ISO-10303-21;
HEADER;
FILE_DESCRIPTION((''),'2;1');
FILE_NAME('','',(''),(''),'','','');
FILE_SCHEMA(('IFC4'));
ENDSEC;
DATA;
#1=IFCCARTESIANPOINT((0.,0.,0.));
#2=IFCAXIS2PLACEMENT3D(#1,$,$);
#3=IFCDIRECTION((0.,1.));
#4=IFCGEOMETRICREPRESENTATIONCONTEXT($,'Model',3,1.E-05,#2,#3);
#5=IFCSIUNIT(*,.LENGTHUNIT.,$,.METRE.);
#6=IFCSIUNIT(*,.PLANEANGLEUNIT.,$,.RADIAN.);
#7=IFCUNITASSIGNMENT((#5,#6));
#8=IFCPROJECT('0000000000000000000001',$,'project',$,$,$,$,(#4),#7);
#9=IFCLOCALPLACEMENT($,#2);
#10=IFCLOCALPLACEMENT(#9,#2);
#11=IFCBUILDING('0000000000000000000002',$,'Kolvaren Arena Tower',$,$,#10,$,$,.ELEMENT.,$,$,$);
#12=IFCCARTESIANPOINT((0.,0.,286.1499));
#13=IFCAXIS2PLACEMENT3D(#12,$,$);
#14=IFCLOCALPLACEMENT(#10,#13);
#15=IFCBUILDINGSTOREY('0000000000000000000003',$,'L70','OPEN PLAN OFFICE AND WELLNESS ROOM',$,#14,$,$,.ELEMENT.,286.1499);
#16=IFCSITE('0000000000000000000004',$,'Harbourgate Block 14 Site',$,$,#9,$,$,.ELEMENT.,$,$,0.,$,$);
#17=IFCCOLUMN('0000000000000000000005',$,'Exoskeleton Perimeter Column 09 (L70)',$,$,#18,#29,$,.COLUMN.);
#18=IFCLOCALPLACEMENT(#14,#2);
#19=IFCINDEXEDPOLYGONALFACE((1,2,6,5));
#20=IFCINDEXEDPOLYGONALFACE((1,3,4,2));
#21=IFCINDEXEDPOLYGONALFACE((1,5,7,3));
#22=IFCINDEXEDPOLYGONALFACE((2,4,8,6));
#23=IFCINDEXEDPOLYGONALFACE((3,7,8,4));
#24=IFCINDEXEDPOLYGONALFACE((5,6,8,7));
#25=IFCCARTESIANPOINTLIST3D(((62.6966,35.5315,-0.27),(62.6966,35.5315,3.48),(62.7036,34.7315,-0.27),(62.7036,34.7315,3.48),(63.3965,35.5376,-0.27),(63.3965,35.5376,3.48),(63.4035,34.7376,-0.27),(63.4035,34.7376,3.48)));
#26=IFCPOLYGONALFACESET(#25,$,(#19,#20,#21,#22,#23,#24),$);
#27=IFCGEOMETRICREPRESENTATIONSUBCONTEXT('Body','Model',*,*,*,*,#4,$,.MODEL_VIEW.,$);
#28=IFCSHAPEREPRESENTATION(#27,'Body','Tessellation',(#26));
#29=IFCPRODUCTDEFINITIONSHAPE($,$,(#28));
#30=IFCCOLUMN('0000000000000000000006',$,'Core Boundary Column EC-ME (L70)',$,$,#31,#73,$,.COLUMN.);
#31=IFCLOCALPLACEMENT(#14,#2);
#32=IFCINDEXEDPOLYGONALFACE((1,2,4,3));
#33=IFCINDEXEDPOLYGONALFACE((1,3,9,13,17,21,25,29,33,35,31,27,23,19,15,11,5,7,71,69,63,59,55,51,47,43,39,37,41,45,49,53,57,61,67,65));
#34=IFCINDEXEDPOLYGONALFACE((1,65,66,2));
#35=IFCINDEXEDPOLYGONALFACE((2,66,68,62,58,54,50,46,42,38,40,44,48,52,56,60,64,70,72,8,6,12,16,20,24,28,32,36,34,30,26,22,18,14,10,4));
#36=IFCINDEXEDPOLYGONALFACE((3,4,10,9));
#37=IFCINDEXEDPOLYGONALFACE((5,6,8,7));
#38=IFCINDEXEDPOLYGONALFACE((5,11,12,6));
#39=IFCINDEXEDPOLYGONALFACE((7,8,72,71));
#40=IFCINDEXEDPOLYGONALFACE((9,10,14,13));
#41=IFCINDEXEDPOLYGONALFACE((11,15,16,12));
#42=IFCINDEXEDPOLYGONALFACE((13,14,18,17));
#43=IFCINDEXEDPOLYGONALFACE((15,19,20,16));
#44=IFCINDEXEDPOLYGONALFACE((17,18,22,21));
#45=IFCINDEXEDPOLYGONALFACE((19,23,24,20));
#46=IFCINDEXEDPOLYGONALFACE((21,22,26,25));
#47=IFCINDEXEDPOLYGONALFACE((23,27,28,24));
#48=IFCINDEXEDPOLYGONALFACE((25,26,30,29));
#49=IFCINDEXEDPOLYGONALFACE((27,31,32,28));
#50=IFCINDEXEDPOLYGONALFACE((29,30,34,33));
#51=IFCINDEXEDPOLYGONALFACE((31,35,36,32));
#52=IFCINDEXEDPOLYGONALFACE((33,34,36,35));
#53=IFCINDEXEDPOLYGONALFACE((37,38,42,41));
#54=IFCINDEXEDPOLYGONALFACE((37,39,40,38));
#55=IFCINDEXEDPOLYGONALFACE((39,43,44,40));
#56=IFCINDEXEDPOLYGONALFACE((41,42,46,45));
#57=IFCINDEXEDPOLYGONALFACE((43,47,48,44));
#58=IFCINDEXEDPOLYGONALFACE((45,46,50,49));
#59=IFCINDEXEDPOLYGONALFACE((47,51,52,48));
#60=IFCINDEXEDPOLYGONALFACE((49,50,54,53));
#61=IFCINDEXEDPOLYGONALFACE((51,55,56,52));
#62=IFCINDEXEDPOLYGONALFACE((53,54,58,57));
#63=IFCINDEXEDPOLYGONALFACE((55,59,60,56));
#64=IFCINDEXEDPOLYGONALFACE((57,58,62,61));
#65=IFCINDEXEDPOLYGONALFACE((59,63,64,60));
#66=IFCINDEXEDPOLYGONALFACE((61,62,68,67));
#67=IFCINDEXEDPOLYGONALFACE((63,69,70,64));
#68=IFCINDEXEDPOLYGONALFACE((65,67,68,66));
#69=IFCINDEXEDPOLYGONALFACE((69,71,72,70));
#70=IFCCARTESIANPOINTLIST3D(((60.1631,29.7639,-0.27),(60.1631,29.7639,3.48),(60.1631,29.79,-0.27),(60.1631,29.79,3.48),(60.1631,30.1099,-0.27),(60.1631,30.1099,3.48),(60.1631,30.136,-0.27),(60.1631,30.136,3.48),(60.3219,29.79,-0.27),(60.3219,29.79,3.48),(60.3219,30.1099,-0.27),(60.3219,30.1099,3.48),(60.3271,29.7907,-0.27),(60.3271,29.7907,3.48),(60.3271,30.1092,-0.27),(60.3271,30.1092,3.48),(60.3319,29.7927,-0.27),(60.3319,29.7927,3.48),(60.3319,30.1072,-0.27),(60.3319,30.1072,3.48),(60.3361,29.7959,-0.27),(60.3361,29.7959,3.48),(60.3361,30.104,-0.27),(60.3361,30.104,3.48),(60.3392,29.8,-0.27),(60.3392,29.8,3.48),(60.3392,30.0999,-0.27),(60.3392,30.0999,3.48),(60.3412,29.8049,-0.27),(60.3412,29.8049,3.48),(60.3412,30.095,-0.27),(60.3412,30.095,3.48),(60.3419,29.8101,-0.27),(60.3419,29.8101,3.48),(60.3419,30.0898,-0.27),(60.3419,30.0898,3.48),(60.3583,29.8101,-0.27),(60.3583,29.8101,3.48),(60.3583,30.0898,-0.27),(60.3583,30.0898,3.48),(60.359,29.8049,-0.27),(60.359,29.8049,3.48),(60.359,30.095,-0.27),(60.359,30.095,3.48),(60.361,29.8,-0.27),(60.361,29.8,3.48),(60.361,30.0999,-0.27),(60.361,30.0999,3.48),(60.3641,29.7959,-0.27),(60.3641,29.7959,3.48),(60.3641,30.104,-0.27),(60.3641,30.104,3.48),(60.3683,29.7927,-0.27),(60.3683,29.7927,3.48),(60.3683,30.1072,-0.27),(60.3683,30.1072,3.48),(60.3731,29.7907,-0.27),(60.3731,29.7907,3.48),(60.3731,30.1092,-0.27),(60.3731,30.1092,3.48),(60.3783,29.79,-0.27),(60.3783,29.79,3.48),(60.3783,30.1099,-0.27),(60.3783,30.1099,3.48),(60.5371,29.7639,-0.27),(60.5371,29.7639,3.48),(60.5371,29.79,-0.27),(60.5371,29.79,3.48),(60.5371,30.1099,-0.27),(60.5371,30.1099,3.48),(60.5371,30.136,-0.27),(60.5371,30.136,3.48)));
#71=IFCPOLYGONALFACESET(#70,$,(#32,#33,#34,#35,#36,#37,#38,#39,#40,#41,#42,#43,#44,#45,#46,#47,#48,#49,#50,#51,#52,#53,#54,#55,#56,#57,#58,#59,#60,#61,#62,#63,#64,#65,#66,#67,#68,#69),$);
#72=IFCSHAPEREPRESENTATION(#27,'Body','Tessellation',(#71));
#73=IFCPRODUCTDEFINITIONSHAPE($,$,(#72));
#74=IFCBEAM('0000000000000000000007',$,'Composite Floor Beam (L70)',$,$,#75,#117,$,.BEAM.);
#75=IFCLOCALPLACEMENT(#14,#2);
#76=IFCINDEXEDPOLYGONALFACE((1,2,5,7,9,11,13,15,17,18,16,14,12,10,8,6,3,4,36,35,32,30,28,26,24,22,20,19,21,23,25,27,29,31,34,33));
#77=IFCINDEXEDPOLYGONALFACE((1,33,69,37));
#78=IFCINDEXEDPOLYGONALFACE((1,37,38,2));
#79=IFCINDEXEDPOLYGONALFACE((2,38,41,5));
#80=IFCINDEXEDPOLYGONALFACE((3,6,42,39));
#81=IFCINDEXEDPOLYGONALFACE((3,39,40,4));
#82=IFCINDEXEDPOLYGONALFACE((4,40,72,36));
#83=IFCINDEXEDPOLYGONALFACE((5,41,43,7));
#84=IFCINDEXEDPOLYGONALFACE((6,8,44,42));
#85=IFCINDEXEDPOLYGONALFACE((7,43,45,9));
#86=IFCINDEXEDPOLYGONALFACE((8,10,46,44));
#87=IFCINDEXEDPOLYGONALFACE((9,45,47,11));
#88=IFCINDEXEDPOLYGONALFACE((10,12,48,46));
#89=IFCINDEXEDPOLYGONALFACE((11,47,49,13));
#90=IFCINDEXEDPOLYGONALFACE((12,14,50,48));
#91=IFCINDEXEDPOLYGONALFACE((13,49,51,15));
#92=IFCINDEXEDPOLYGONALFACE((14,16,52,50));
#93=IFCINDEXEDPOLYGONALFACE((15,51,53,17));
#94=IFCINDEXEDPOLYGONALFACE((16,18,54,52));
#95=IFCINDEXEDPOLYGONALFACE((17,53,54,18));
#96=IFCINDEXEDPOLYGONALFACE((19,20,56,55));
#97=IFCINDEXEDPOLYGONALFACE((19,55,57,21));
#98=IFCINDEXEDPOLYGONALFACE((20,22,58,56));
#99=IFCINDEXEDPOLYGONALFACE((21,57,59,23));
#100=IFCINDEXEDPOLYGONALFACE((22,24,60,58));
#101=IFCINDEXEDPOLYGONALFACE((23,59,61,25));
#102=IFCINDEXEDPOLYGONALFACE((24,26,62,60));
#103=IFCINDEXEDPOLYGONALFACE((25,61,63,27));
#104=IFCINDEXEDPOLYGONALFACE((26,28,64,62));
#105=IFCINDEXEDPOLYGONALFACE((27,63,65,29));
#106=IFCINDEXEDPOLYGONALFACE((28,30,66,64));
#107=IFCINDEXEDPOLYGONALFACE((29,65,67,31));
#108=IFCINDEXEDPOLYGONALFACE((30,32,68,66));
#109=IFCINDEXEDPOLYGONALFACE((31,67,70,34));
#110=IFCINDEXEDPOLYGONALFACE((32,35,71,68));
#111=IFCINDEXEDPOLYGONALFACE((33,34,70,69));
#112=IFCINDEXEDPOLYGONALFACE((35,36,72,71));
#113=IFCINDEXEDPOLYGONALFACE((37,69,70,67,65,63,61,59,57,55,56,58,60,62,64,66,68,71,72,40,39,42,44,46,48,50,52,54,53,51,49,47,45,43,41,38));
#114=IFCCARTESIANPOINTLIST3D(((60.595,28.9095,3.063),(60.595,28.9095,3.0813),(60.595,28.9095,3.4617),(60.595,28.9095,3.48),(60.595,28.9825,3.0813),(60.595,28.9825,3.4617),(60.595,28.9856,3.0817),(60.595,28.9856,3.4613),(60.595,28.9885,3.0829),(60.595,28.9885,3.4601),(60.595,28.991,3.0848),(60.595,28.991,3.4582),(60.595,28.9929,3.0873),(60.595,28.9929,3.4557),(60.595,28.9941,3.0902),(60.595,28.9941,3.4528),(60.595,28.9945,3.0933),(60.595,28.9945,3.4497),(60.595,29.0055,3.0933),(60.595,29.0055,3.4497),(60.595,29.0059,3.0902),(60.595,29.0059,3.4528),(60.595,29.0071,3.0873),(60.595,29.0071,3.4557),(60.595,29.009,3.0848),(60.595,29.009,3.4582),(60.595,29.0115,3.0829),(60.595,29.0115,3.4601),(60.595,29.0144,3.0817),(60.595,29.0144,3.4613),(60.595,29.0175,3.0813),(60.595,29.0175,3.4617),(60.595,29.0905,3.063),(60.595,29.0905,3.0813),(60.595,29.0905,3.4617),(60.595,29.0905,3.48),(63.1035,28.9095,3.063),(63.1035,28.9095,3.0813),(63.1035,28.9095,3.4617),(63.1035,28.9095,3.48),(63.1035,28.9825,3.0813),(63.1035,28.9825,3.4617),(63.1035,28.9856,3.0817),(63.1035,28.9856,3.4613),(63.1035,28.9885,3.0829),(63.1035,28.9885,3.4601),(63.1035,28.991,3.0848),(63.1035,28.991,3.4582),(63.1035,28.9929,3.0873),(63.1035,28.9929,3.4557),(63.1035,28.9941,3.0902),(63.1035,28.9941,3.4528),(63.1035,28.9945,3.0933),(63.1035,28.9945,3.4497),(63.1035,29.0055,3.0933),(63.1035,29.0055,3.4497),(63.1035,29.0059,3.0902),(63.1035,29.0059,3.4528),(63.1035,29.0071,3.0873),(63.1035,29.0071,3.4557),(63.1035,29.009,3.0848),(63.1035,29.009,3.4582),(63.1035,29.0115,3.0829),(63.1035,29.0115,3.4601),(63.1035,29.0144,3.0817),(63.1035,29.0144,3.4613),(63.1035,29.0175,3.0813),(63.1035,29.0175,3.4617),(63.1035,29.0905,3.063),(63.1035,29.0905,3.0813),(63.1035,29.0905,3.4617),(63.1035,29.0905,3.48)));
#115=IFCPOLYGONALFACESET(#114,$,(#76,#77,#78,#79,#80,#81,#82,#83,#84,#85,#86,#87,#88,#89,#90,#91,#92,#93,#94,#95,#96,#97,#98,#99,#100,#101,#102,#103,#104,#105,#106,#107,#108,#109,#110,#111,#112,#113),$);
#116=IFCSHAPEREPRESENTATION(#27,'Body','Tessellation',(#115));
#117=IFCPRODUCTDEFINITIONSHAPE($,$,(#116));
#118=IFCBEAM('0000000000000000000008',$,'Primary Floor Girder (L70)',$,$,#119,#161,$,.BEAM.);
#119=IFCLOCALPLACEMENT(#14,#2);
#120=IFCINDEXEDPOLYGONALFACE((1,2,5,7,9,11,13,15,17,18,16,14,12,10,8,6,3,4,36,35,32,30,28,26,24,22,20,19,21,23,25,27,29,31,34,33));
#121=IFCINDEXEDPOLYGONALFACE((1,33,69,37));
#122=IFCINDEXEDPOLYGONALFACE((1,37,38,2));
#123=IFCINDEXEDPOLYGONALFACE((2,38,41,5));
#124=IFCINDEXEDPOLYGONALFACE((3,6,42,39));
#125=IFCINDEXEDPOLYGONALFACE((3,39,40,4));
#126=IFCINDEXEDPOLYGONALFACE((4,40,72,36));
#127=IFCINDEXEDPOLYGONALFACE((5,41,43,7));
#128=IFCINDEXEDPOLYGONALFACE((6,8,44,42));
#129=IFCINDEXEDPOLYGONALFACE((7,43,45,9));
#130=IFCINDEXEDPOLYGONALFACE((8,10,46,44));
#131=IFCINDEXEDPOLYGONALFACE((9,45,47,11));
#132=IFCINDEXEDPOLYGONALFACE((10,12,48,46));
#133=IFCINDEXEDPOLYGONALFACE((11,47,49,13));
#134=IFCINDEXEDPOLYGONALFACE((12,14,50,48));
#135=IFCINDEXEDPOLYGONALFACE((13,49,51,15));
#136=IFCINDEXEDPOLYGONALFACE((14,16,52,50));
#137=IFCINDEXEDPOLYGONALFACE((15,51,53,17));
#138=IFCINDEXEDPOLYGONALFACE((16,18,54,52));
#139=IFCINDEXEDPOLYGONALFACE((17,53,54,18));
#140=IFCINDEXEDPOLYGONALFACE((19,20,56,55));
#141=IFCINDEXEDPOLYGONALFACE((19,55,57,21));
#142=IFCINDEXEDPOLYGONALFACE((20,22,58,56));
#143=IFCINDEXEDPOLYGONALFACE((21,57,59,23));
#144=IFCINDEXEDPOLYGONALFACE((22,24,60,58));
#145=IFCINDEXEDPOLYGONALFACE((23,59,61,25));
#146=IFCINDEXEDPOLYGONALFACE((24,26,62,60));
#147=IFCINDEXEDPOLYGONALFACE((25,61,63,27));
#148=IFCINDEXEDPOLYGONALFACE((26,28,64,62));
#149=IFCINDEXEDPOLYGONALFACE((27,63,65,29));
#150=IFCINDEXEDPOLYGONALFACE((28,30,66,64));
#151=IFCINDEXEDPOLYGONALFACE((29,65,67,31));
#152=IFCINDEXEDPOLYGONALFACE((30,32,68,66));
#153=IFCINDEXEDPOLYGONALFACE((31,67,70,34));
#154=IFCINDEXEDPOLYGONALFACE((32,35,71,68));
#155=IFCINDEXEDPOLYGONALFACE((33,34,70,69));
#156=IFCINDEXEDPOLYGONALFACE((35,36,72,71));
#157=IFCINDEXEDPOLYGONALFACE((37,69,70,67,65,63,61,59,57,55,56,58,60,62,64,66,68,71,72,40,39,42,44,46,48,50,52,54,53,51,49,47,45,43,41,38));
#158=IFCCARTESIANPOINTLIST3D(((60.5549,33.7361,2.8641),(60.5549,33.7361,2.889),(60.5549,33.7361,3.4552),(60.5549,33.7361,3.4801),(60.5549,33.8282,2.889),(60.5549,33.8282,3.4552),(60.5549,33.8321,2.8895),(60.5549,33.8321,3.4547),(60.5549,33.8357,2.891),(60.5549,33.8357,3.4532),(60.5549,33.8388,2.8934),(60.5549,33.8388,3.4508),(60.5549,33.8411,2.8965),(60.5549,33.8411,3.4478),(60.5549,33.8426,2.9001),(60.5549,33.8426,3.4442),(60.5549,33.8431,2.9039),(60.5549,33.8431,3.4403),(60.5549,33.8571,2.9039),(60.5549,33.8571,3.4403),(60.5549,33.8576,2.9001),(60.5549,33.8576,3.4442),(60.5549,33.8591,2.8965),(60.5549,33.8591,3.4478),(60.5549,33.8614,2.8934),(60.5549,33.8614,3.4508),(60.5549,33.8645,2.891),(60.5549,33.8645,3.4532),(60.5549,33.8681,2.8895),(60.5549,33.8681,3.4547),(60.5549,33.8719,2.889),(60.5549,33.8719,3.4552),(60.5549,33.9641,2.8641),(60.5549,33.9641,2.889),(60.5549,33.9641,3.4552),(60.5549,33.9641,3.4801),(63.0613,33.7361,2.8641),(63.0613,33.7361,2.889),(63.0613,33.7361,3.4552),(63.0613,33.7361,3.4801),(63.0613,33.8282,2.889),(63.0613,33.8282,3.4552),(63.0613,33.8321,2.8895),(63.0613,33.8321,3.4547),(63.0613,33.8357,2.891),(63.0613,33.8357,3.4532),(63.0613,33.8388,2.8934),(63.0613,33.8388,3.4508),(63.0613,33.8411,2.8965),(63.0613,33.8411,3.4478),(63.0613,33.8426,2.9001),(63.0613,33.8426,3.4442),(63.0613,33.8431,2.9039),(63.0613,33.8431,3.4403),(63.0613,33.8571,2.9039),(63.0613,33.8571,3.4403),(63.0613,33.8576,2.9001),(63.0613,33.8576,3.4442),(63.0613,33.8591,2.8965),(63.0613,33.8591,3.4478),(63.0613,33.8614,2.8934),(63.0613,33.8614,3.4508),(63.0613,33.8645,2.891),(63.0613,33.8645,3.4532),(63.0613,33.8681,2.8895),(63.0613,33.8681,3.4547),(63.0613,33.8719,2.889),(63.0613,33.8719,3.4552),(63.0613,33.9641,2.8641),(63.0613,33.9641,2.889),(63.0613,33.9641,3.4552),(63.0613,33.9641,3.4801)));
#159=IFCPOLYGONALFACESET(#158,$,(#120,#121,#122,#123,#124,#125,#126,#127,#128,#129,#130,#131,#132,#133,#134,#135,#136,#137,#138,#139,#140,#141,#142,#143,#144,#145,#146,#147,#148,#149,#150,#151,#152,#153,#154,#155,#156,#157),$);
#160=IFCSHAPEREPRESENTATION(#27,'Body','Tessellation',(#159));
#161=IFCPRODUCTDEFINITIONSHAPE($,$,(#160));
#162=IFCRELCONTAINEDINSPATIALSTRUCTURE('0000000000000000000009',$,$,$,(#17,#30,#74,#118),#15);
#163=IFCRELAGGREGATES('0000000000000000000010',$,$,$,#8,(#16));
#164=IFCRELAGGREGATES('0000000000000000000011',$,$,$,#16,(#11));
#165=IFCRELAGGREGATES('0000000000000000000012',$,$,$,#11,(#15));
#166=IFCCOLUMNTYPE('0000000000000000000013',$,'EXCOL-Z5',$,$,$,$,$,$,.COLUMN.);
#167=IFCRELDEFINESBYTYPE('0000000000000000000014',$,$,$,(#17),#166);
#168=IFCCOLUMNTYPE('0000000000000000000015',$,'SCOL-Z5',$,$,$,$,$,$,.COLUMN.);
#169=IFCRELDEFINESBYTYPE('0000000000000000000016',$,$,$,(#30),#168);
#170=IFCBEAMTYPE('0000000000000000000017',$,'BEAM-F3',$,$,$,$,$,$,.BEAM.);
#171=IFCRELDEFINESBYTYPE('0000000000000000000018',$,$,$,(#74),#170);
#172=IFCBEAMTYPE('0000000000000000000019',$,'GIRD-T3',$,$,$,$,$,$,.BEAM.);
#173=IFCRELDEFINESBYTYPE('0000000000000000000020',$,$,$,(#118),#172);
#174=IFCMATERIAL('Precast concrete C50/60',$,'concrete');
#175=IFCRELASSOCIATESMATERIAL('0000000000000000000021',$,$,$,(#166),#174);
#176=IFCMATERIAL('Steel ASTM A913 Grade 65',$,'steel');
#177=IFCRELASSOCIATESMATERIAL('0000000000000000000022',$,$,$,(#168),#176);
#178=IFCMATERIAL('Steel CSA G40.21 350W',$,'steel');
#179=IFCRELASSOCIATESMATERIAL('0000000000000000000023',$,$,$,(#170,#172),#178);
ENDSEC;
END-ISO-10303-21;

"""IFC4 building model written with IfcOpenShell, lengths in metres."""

from ifc_helpers import new_model, si_unit, direction, frame, origin, origin_2d, place, context, subcontext, project, spatial, rectangle, i_section, extrude, material, material_profile, profile_set, type_object, element, save


model = new_model("IFC4")

# Units and contexts
model_context = context("Model", 3, precision=1e-05, world=origin(), true_north=direction((0.0, 1.0)))
body_context = subcontext(model_context, "Body", "Model", "MODEL_VIEW")
ifc_project = project(units=[si_unit("LENGTHUNIT", "METRE"), si_unit("PLANEANGLEUNIT", "RADIAN")], contexts=[model_context])

# Site, building, storey
site_placement = place(None, origin())
site = spatial("IfcSite", under=ifc_project, at=site_placement, Name="Harbourgate Block 14 Site", CompositionType="ELEMENT", RefElevation=0.0)
building_placement = place(site_placement, origin())
building = spatial("IfcBuilding", under=site, at=building_placement, Name="Kolvaren Arena Tower", CompositionType="ELEMENT")
storey_placement = place(building_placement, frame((0.0, 0.0, 286.1499)))
storey = spatial("IfcBuildingStorey", under=building, at=storey_placement, Name="L70", Description="OPEN PLAN OFFICE AND WELLNESS ROOM", CompositionType="ELEMENT", Elevation=286.1499)

# Columns
ifc_material_1 = material(Name="Precast concrete C50/60", Category="concrete")
ifc_material_profile_1 = material_profile(ifc_material_1, rectangle(XDim=0.8, YDim=0.7, at=origin_2d()), Name="RC-800x700")
ifc_profile_set_1 = profile_set([ifc_material_profile_1], Name="Precast concrete C50/60")
column_type_1 = type_object("IfcColumnType", Name="EXCOL-Z5", PredefinedType="COLUMN", material=ifc_profile_set_1)
column_1_placement = place(storey_placement, frame((63.05, 35.1345, -0.27), z_axis=(0.0, 0.0, 1.0), x_axis=(-0.008727, 0.999962, 0.0)))
element("IfcColumn", 1, at=column_1_placement, inside=storey, type_object=column_type_1, Name="Exoskeleton Perimeter Column 09 (L70)", PredefinedType="COLUMN", context=body_context, shape_type="SweptSolid", body=[
    extrude(rectangle(XDim=0.8, YDim=0.7, at=origin_2d()), origin(), (0.0, 0.0, 1.0), 3.75),
])
ifc_material_2 = material(Name="Steel ASTM A913 Grade 65", Category="steel")
ifc_material_profile_2 = material_profile(ifc_material_2, i_section(OverallWidth=0.374, OverallDepth=0.3721, WebThickness=0.0164, FlangeThickness=0.0261, FilletRadius=0.02, at=origin_2d()), Name="W360x196")
ifc_profile_set_2 = profile_set([ifc_material_profile_2], Name="Steel ASTM A913 Grade 65")
column_type_2 = type_object("IfcColumnType", Name="SCOL-Z5", PredefinedType="COLUMN", material=ifc_profile_set_2)
column_2_placement = place(storey_placement, frame((60.3501, 29.95, -0.27), z_axis=(0.0, 0.0, 1.0), x_axis=(1.0, 0.0, 0.0)))
element("IfcColumn", 2, at=column_2_placement, inside=storey, type_object=column_type_2, Name="Core Boundary Column EC-ME (L70)", PredefinedType="COLUMN", context=body_context, shape_type="SweptSolid", body=[
    extrude(i_section(OverallWidth=0.374, OverallDepth=0.3721, WebThickness=0.0164, FlangeThickness=0.0261, FilletRadius=0.02, at=origin_2d()), origin(), (0.0, 0.0, 1.0), 3.75),
])

# Beams
ifc_material_3 = material(Name="Steel CSA G40.21 350W", Category="steel")
ifc_material_profile_3 = material_profile(ifc_material_3, i_section(OverallWidth=0.1809, OverallDepth=0.417, WebThickness=0.011, FlangeThickness=0.0183, FilletRadius=0.012, at=origin_2d()), Name="W410x85")
ifc_profile_set_3 = profile_set([ifc_material_profile_3], Name="Steel CSA G40.21 350W")
beam_type_1 = type_object("IfcBeamType", Name="BEAM-F3", PredefinedType="BEAM", material=ifc_profile_set_3)
beam_1_placement = place(storey_placement, frame((60.595, 29.0, 3.2715), z_axis=(1.0, 0.0, 0.0), x_axis=(0.0, 1.0, 0.0)))
element("IfcBeam", 3, at=beam_1_placement, inside=storey, type_object=beam_type_1, Name="Composite Floor Beam (L70)", PredefinedType="BEAM", context=body_context, shape_type="SweptSolid", body=[
    extrude(i_section(OverallWidth=0.1809, OverallDepth=0.417, WebThickness=0.011, FlangeThickness=0.0183, FilletRadius=0.012, at=origin_2d()), origin(), (0.0, 0.0, 1.0), 2.5085),
])
ifc_material_profile_4 = material_profile(ifc_material_3, i_section(OverallWidth=0.228, OverallDepth=0.616, WebThickness=0.0139, FlangeThickness=0.0249, FilletRadius=0.0149, at=origin_2d()), Name="W610x174")
ifc_profile_set_4 = profile_set([ifc_material_profile_4], Name="Steel CSA G40.21 350W")
beam_type_2 = type_object("IfcBeamType", Name="GIRD-T3", PredefinedType="BEAM", material=ifc_profile_set_4)
beam_2_placement = place(storey_placement, frame((60.5549, 33.8501, 3.1721), z_axis=(1.0, 0.0, 0.0), x_axis=(0.0, 1.0, 0.0)))
element("IfcBeam", 4, at=beam_2_placement, inside=storey, type_object=beam_type_2, Name="Primary Floor Girder (L70)", PredefinedType="BEAM", context=body_context, shape_type="SweptSolid", body=[
    extrude(i_section(OverallWidth=0.228, OverallDepth=0.616, WebThickness=0.0139, FlangeThickness=0.0249, FilletRadius=0.0149, at=origin_2d()), origin(), (0.0, 0.0, 1.0), 2.5063),
])

save(model, "model.ifc")
